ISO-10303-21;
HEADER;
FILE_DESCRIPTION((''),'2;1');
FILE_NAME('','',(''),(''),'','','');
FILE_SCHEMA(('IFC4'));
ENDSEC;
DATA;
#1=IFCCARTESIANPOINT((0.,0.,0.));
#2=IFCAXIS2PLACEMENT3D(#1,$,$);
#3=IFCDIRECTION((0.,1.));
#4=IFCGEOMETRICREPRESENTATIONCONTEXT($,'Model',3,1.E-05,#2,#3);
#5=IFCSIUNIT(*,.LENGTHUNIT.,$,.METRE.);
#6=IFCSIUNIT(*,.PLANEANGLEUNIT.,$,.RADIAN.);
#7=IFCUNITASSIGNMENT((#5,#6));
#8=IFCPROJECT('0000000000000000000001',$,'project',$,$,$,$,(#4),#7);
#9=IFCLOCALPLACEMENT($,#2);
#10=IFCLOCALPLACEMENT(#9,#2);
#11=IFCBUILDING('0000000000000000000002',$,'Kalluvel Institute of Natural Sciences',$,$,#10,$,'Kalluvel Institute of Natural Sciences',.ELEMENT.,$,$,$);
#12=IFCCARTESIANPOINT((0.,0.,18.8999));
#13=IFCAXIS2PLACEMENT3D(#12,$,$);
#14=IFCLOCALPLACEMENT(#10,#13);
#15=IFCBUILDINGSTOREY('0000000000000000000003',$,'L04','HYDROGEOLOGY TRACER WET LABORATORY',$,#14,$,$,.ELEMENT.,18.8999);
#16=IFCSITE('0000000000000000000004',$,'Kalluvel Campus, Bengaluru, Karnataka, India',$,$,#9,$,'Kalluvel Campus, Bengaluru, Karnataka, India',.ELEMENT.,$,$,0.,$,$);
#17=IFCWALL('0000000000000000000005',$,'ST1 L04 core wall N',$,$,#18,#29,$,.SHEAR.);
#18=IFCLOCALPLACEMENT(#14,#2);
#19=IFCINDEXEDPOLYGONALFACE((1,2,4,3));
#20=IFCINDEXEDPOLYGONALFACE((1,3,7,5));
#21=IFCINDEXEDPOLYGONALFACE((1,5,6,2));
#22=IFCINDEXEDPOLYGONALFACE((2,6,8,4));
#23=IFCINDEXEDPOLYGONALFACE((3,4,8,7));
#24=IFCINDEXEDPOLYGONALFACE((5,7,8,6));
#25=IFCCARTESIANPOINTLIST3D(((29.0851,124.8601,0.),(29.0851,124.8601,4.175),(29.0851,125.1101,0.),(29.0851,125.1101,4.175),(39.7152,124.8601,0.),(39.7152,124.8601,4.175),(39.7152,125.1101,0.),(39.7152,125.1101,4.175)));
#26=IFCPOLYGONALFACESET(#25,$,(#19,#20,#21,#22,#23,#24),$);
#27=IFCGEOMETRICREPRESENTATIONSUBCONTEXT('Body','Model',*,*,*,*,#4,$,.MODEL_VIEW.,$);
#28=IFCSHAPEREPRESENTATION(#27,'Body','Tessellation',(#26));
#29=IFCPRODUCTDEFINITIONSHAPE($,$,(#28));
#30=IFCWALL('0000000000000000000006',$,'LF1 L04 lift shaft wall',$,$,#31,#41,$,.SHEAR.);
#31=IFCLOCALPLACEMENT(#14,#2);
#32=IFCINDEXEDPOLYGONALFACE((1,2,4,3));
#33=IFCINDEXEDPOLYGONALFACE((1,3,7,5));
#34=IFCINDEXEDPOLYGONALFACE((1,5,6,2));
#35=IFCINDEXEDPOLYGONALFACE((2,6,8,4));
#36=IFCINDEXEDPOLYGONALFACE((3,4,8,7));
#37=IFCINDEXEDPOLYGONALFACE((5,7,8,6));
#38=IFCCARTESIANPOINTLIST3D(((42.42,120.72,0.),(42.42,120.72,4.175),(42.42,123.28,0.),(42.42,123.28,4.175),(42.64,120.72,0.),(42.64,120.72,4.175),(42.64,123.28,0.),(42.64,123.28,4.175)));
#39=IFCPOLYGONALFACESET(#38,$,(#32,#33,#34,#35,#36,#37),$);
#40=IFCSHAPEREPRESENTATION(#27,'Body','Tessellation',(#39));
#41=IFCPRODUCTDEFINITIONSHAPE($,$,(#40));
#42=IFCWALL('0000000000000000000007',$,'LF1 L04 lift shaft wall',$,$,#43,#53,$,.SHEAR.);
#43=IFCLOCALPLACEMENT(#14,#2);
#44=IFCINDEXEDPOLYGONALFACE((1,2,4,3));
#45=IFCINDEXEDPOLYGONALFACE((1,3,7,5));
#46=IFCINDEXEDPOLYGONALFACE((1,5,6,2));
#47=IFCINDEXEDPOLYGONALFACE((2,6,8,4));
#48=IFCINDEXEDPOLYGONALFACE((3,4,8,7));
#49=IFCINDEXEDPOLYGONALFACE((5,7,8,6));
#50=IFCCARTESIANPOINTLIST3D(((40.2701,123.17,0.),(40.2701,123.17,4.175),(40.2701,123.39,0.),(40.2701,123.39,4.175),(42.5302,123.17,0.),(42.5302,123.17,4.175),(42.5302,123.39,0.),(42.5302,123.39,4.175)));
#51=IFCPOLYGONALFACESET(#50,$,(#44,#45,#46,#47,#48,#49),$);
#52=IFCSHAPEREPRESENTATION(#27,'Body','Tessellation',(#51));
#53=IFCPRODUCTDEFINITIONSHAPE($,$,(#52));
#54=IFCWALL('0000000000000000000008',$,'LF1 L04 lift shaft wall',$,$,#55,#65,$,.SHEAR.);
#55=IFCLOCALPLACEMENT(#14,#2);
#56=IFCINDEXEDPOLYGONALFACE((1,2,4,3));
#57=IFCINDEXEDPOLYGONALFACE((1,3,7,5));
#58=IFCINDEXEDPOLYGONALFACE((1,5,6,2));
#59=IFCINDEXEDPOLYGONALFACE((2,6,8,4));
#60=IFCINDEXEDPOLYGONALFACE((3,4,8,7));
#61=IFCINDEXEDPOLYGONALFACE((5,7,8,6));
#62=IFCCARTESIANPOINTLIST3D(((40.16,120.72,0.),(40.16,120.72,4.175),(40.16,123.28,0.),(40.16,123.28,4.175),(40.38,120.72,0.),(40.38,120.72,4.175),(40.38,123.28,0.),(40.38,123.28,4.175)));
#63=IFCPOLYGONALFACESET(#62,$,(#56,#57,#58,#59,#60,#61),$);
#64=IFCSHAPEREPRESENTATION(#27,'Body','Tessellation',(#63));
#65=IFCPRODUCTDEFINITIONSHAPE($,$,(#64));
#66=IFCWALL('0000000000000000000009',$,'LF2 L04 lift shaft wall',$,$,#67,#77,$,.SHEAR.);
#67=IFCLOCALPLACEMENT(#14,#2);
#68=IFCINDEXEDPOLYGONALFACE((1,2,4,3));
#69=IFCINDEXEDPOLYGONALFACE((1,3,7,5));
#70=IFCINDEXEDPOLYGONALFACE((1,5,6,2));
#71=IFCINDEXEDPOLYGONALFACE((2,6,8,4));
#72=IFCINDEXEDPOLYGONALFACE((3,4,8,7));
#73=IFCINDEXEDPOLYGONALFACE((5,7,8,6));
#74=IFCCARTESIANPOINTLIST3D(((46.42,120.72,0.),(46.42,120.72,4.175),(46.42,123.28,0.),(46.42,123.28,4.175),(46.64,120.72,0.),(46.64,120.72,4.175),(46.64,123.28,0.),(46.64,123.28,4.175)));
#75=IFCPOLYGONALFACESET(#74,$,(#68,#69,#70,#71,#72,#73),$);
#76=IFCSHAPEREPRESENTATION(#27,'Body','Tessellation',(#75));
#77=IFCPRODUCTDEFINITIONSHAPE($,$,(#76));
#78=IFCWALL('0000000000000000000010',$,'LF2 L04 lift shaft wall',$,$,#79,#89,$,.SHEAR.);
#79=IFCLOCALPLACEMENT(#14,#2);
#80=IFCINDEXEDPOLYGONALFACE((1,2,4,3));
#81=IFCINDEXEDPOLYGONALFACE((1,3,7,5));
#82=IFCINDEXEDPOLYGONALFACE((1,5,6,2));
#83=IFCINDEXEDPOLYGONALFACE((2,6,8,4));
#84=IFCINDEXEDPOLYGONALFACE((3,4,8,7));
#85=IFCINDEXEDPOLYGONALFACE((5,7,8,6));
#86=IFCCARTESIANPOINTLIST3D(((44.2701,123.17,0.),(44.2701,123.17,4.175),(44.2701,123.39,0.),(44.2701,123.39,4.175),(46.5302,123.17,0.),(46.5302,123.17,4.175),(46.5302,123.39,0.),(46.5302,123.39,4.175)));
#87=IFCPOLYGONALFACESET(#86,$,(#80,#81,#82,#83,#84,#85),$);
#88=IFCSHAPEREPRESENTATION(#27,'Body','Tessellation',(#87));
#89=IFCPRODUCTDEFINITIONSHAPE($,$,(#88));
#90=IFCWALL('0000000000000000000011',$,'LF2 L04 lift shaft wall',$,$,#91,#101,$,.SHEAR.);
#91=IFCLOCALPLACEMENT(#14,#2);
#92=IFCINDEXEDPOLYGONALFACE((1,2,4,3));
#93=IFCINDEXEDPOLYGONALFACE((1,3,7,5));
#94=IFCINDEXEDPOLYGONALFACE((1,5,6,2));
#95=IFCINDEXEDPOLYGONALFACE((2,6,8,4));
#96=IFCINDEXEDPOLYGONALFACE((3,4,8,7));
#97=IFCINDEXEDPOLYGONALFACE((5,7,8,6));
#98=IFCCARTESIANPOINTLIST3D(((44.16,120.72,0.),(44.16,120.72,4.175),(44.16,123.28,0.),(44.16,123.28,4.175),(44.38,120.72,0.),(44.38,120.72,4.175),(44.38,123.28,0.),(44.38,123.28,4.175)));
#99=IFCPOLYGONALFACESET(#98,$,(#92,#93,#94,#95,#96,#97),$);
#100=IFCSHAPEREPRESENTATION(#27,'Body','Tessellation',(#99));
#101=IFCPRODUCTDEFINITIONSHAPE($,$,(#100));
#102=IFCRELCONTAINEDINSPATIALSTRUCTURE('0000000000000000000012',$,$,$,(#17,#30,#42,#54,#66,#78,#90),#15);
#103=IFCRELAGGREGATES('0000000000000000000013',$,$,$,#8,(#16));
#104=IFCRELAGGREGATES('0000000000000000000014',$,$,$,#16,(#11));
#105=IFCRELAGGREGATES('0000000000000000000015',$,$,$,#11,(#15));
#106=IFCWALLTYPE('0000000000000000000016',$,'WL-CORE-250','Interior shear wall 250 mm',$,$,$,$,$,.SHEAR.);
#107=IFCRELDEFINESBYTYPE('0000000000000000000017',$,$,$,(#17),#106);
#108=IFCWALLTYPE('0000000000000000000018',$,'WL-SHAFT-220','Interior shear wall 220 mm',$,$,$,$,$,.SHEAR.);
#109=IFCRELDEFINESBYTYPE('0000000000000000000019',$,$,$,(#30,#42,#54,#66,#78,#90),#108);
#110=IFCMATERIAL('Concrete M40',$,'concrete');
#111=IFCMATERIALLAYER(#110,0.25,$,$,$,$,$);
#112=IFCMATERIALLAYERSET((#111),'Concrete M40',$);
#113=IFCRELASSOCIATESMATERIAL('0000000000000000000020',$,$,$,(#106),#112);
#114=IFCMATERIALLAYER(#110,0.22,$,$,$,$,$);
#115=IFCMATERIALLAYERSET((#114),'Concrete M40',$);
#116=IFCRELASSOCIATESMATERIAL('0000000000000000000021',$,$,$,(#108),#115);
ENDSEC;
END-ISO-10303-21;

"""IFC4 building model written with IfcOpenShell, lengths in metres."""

from ifc_helpers import new_model, si_unit, direction, frame, frame_2d, origin, place, context, subcontext, project, spatial, rectangle, extrude, material, layer, layer_set, type_object, element, save


model = new_model("IFC4")

# Units and contexts
model_context = context("Model", 3, precision=1e-05, world=origin(), true_north=direction((0.0, 1.0)))
body_context = subcontext(model_context, "Body", "Model", "MODEL_VIEW")
ifc_project = project(units=[si_unit("LENGTHUNIT", "METRE"), si_unit("PLANEANGLEUNIT", "RADIAN")], contexts=[model_context])

# Site, building, storey
site_placement = place(None, origin())
site = spatial("IfcSite", under=ifc_project, at=site_placement, Name="Kalluvel Campus, Bengaluru, Karnataka, India", LongName="Kalluvel Campus, Bengaluru, Karnataka, India", CompositionType="ELEMENT", RefElevation=0.0)
building_placement = place(site_placement, origin())
building = spatial("IfcBuilding", under=site, at=building_placement, Name="Kalluvel Institute of Natural Sciences", LongName="Kalluvel Institute of Natural Sciences", CompositionType="ELEMENT")
storey_placement = place(building_placement, frame((0.0, 0.0, 18.8999)))
storey = spatial("IfcBuildingStorey", under=building, at=storey_placement, Name="L04", Description="HYDROGEOLOGY TRACER WET LABORATORY", CompositionType="ELEMENT", Elevation=18.8999)

# Shared definitions
ifc_material_1 = material(Name="Concrete M40", Category="concrete")

# Wall
ifc_layer_1 = layer(ifc_material_1, 0.25)
ifc_layer_set_1 = layer_set([ifc_layer_1], Name="Concrete M40")
wall_type_1 = type_object("IfcWallType", Name="WL-CORE-250", Description="Interior shear wall 250 mm", PredefinedType="SHEAR", material=ifc_layer_set_1)
wall_1_placement = place(storey_placement, frame((39.7151, 124.9851, 0.0), z_axis=(0.0, 0.0, 1.0), x_axis=(-1.0, 0.0, 0.0)))
element("IfcWall", 1, at=wall_1_placement, inside=storey, type_object=wall_type_1, Name="ST1 L04 core wall N", PredefinedType="SHEAR", context=body_context, shape_type="SweptSolid", body=[
    extrude(rectangle(XDim=10.6301, YDim=0.25, at=frame_2d((5.3149, 0.0))), origin(), (0.0, 0.0, 1.0), 4.175),
])

# Shared definitions
ifc_layer_2 = layer(ifc_material_1, 0.22)
ifc_layer_set_2 = layer_set([ifc_layer_2], Name="Concrete M40")
wall_type_2 = type_object("IfcWallType", Name="WL-SHAFT-220", Description="Interior shear wall 220 mm", PredefinedType="SHEAR", material=ifc_layer_set_2)

# Walls
wall_2_placement = place(storey_placement, frame((42.53, 120.72, 0.0), z_axis=(0.0, 0.0, 1.0), x_axis=(0.0, 1.0, 0.0)))
element("IfcWall", 2, at=wall_2_placement, inside=storey, type_object=wall_type_2, Name="LF1 L04 lift shaft wall", PredefinedType="SHEAR", context=body_context, shape_type="SweptSolid", body=[
    extrude(rectangle(XDim=2.5601, YDim=0.22, at=frame_2d((1.28, 0.0))), origin(), (0.0, 0.0, 1.0), 4.175),
])
wall_3_placement = place(storey_placement, frame((42.53, 123.28, 0.0), z_axis=(0.0, 0.0, 1.0), x_axis=(-1.0, 0.0, 0.0)))
element("IfcWall", 3, at=wall_3_placement, inside=storey, type_object=wall_type_2, Name="LF1 L04 lift shaft wall", PredefinedType="SHEAR", context=body_context, shape_type="SweptSolid", body=[
    extrude(rectangle(XDim=2.26, YDim=0.22, at=frame_2d((1.1299, 0.0))), origin(), (0.0, 0.0, 1.0), 4.175),
])
wall_4_placement = place(storey_placement, frame((40.27, 123.28, 0.0), z_axis=(0.0, 0.0, 1.0), x_axis=(0.0, -1.0, 0.0)))
element("IfcWall", 4, at=wall_4_placement, inside=storey, type_object=wall_type_2, Name="LF1 L04 lift shaft wall", PredefinedType="SHEAR", context=body_context, shape_type="SweptSolid", body=[
    extrude(rectangle(XDim=2.5601, YDim=0.22, at=frame_2d((1.28, 0.0))), origin(), (0.0, 0.0, 1.0), 4.175),
])

# Walls
wall_5_placement = place(storey_placement, frame((46.53, 120.72, 0.0), z_axis=(0.0, 0.0, 1.0), x_axis=(0.0, 1.0, 0.0)))
element("IfcWall", 5, at=wall_5_placement, inside=storey, type_object=wall_type_2, Name="LF2 L04 lift shaft wall", PredefinedType="SHEAR", context=body_context, shape_type="SweptSolid", body=[
    extrude(rectangle(XDim=2.5601, YDim=0.22, at=frame_2d((1.28, 0.0))), origin(), (0.0, 0.0, 1.0), 4.175),
])
wall_6_placement = place(storey_placement, frame((46.53, 123.28, 0.0), z_axis=(0.0, 0.0, 1.0), x_axis=(-1.0, 0.0, 0.0)))
element("IfcWall", 6, at=wall_6_placement, inside=storey, type_object=wall_type_2, Name="LF2 L04 lift shaft wall", PredefinedType="SHEAR", context=body_context, shape_type="SweptSolid", body=[
    extrude(rectangle(XDim=2.26, YDim=0.22, at=frame_2d((1.1299, 0.0))), origin(), (0.0, 0.0, 1.0), 4.175),
])
wall_7_placement = place(storey_placement, frame((44.27, 123.28, 0.0), z_axis=(0.0, 0.0, 1.0), x_axis=(0.0, -1.0, 0.0)))
element("IfcWall", 7, at=wall_7_placement, inside=storey, type_object=wall_type_2, Name="LF2 L04 lift shaft wall", PredefinedType="SHEAR", context=body_context, shape_type="SweptSolid", body=[
    extrude(rectangle(XDim=2.5601, YDim=0.22, at=frame_2d((1.28, 0.0))), origin(), (0.0, 0.0, 1.0), 4.175),
])

save(model, "model.ifc")
